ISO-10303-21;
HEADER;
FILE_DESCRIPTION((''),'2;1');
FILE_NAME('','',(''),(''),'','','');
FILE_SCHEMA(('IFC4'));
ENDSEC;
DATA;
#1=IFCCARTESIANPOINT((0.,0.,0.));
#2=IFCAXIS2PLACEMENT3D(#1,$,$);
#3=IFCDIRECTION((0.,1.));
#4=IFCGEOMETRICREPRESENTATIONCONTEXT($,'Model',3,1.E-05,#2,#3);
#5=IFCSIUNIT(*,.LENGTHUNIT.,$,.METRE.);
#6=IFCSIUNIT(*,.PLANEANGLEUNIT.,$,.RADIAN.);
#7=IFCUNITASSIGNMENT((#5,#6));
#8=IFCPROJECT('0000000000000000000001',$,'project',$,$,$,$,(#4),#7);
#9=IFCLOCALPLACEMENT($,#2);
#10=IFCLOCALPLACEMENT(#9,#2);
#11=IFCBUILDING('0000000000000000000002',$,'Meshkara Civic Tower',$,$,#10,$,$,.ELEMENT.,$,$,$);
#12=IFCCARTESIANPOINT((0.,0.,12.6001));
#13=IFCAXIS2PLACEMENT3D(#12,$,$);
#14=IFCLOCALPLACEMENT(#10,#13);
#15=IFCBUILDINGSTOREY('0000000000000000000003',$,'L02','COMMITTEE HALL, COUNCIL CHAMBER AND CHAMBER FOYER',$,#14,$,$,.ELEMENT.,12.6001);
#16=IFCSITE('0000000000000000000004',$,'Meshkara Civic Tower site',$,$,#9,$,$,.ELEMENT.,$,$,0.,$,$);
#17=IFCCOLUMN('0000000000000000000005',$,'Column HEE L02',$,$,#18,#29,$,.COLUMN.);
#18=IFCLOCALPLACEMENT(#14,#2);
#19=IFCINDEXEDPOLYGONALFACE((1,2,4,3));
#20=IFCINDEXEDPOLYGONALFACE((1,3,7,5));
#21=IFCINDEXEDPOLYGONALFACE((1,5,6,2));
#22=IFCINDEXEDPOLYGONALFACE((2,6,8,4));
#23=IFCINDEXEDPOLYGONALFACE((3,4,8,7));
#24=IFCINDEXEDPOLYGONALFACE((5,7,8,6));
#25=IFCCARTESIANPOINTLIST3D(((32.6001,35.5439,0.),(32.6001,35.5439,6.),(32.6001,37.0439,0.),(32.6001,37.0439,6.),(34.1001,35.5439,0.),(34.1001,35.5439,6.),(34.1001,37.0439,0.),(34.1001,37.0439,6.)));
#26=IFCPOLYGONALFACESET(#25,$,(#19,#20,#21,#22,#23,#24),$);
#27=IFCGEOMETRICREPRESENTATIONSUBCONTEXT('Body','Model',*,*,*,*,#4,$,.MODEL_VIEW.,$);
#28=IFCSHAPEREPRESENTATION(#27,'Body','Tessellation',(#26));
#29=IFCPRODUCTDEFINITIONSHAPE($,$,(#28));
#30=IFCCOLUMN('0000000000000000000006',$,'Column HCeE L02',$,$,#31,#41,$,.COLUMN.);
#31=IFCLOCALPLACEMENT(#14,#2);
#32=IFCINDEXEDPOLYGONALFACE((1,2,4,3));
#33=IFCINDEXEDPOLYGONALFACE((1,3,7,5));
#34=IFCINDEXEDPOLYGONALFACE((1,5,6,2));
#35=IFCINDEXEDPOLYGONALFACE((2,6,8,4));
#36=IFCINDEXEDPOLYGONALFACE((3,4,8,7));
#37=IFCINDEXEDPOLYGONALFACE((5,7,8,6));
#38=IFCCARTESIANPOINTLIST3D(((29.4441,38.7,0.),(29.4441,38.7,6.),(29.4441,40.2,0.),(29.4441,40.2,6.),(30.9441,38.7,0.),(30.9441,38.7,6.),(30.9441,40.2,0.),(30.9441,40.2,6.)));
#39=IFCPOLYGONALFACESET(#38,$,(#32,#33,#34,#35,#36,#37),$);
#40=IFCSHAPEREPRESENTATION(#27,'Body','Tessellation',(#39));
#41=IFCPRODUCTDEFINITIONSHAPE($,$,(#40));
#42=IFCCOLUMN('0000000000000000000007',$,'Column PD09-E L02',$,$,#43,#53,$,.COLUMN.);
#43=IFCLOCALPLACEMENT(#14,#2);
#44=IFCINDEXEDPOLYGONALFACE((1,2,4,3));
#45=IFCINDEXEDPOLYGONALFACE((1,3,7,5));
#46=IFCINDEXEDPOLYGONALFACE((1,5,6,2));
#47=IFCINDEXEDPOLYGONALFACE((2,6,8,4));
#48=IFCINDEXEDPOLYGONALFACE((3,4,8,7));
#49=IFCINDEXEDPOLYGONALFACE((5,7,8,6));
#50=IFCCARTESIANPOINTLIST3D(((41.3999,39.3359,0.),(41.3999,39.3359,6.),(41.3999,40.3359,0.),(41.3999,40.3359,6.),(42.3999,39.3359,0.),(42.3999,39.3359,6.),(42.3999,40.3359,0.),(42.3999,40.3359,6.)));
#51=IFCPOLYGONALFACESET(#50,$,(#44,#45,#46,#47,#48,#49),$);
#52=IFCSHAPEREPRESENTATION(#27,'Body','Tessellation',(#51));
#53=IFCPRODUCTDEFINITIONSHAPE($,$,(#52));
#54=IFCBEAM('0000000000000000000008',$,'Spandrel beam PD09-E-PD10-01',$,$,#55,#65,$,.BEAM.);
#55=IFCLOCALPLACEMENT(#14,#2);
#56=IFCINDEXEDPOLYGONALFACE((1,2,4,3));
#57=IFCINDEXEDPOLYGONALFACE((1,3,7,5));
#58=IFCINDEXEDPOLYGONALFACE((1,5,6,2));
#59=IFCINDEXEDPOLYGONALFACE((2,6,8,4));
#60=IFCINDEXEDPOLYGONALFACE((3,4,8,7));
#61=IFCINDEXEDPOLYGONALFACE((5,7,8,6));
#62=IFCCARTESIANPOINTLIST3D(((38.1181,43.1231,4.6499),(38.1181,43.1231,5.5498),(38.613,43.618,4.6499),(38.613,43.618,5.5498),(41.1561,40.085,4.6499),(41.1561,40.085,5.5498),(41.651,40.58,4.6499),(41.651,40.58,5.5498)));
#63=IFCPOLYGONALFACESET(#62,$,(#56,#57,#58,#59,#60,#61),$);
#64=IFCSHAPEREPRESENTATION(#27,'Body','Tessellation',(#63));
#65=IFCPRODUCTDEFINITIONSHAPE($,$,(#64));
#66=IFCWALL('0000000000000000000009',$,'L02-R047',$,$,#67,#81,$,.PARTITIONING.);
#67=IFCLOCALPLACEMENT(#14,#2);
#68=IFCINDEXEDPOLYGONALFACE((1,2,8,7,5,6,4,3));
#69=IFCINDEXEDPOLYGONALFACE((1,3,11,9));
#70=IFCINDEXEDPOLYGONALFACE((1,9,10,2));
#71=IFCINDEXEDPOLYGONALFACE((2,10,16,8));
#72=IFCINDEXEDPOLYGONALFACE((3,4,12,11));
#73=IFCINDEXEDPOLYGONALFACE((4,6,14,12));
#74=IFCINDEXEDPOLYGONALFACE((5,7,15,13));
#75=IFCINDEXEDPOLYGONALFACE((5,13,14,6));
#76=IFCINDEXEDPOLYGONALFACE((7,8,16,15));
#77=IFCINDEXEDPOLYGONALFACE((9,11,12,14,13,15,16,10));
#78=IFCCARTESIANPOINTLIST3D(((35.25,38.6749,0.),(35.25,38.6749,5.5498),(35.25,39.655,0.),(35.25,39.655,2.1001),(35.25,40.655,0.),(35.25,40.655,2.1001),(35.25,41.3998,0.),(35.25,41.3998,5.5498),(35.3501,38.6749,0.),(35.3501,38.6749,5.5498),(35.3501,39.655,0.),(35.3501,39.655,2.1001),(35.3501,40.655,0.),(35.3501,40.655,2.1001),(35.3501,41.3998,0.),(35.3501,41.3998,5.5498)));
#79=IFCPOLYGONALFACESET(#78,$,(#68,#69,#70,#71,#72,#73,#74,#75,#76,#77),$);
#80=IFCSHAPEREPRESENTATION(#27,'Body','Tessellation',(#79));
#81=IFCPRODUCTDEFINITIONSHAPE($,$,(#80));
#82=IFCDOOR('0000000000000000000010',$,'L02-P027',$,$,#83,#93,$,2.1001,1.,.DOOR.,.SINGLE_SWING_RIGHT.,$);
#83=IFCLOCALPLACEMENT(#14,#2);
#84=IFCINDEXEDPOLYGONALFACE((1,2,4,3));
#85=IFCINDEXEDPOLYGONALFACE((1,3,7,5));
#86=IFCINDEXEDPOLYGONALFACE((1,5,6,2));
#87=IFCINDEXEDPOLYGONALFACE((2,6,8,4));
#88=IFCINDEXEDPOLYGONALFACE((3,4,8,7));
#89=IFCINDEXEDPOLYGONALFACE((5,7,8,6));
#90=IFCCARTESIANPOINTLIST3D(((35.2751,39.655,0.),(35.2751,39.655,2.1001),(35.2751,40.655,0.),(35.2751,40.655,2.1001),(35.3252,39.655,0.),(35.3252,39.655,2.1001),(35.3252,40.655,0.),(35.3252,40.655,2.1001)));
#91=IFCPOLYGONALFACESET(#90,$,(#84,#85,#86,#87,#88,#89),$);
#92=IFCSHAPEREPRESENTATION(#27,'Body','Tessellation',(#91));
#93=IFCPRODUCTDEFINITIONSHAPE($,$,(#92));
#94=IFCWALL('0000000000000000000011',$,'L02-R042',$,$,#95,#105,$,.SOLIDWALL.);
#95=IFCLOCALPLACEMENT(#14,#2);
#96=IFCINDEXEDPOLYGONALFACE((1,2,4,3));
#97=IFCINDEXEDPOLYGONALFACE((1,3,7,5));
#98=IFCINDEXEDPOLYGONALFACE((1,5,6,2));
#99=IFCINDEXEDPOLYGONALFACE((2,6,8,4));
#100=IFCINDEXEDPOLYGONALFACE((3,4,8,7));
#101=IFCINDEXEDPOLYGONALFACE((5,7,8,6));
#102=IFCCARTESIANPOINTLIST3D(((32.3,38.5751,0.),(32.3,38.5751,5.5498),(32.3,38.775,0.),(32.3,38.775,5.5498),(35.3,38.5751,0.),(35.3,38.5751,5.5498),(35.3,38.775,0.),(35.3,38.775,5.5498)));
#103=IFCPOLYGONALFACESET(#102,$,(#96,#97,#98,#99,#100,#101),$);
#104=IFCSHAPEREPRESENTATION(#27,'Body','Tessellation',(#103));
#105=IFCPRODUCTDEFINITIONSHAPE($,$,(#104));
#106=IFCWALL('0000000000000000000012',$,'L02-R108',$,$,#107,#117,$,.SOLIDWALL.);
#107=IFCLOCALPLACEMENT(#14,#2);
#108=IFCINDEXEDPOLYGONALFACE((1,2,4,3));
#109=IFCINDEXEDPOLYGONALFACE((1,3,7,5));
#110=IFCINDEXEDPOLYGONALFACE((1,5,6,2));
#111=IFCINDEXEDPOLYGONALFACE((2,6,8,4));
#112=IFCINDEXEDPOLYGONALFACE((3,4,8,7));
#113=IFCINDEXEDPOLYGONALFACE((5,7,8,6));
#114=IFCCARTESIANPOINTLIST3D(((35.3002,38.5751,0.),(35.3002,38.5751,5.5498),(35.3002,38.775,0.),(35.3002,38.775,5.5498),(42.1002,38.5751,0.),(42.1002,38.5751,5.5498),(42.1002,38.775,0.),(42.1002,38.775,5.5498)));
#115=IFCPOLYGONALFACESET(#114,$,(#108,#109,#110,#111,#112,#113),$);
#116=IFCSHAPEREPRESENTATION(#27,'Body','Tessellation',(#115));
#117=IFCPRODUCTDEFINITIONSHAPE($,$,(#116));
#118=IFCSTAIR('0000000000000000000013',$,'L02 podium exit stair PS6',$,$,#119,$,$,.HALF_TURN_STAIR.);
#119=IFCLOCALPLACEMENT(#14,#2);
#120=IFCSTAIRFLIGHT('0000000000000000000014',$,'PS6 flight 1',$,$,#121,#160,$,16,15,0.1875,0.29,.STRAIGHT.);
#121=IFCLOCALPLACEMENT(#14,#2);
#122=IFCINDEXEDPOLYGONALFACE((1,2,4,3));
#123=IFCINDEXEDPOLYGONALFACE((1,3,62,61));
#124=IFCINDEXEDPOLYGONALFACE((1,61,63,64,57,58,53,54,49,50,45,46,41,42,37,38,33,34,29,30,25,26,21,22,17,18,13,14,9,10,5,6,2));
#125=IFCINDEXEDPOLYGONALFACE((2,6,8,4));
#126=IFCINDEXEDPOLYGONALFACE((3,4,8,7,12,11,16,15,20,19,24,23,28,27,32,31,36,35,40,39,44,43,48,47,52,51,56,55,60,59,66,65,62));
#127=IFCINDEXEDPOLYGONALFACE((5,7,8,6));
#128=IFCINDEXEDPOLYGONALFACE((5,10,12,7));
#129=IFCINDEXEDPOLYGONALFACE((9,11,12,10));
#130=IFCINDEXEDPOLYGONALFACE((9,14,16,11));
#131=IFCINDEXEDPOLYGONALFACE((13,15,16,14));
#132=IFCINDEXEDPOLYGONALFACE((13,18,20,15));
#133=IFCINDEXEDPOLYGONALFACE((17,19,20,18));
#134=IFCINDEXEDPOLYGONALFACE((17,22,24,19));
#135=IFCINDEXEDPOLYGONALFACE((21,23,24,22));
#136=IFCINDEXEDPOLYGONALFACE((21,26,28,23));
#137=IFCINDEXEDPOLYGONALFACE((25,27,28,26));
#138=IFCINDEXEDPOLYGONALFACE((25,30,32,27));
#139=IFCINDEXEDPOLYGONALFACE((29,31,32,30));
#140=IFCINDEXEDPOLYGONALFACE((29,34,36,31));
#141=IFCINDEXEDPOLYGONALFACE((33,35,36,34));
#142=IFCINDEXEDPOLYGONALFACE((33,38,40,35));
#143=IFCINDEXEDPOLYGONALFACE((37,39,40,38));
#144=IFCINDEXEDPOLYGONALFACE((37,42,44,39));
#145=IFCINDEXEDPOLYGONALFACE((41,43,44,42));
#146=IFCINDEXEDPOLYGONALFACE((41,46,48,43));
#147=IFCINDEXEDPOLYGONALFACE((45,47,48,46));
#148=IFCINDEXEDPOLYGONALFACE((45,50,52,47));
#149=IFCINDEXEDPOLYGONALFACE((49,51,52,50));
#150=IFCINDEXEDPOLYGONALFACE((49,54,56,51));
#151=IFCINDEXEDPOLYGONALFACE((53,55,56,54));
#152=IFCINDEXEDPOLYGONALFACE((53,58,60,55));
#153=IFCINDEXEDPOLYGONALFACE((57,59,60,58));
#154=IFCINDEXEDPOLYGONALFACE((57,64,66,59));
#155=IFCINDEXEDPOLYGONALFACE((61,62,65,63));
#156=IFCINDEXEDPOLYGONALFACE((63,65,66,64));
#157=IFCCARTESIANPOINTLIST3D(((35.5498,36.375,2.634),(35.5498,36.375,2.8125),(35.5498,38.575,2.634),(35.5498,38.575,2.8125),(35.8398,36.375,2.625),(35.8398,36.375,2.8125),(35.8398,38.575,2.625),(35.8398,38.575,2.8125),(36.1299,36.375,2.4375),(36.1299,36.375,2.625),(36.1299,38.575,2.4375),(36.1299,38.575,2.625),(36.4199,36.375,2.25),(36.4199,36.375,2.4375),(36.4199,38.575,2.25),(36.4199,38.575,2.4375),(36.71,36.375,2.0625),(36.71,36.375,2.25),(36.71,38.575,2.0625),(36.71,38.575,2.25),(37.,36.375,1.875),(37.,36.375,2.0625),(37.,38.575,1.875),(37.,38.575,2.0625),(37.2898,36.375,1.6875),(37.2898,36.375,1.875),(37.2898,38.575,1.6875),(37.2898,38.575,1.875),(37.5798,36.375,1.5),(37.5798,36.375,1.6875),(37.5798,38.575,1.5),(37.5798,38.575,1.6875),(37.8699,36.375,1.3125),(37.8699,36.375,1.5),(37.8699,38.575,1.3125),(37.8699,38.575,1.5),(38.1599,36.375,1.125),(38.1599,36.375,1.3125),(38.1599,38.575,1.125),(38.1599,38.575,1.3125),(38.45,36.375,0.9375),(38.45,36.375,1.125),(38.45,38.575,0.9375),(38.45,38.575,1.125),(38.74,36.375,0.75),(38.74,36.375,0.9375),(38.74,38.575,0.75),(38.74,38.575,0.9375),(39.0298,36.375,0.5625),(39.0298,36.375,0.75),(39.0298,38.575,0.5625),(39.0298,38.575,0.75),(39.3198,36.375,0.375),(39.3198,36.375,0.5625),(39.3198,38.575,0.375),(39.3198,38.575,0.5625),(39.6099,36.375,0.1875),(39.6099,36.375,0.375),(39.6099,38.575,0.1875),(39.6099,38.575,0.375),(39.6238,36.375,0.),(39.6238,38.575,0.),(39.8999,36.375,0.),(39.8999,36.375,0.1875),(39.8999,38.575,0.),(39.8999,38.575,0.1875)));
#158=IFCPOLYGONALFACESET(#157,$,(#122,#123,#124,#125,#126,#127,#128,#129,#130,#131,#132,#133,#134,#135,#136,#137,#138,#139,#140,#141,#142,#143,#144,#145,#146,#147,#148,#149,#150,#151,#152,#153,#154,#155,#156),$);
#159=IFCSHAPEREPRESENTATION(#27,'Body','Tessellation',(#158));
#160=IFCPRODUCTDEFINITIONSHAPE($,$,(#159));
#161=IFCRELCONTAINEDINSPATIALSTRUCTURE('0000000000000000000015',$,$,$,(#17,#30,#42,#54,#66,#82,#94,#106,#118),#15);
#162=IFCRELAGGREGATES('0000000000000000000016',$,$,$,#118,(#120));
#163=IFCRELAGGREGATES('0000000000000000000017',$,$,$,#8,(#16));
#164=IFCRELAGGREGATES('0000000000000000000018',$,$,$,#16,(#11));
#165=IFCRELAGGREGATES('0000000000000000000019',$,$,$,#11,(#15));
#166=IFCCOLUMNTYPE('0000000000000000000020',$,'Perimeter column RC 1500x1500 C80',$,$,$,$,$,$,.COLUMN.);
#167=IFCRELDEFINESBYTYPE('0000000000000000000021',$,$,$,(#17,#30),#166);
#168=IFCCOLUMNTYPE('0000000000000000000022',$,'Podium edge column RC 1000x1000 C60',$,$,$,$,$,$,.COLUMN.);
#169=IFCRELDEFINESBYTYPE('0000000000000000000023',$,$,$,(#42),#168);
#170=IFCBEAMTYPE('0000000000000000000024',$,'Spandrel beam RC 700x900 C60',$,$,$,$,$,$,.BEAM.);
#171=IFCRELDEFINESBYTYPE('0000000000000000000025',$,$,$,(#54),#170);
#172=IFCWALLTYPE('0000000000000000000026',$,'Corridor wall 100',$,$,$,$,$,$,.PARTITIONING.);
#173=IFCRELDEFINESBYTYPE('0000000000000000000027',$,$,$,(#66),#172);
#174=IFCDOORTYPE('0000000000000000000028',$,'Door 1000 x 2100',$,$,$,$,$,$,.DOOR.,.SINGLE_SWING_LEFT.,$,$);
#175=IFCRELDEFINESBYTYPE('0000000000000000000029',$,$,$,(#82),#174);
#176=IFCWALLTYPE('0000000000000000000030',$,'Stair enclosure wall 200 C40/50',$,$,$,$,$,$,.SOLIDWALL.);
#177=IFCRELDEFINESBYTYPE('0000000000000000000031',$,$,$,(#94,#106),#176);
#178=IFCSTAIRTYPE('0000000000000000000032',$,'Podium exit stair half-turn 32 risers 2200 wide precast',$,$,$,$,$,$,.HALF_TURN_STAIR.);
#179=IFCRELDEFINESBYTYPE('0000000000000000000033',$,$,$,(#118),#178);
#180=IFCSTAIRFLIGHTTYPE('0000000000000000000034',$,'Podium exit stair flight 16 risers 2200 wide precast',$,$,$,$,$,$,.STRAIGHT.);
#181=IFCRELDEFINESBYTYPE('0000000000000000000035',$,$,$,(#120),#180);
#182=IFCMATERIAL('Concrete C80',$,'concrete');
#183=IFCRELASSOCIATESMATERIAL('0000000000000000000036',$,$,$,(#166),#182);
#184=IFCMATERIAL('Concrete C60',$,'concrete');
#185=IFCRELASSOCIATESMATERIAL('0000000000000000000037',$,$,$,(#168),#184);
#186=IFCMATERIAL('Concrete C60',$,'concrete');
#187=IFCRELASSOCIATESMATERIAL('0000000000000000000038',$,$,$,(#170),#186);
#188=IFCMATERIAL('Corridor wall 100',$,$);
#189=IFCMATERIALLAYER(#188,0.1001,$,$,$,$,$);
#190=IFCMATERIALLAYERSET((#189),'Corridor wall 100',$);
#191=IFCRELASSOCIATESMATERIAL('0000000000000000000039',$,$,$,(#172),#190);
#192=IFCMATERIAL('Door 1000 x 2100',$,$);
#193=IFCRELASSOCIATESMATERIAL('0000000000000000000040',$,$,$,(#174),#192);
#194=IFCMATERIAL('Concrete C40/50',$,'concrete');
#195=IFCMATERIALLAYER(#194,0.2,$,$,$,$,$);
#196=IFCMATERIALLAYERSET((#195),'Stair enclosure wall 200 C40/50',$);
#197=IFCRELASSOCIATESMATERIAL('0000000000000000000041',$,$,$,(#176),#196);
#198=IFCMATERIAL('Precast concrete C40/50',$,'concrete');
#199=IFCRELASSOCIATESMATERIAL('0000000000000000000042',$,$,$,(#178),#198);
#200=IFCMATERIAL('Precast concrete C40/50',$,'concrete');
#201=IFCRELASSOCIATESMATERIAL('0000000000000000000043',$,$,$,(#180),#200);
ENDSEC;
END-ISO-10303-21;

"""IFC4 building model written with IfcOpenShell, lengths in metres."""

from ifc_helpers import new_model, si_unit, direction, frame, frame_2d, origin, origin_2d, place, context, subcontext, project, spatial, polyline, rectangle, outline, extrude, material, layer, layer_set, material_profile, profile_set, type_object, element, fill, aggregate, save


model = new_model("IFC4")

# Units and contexts
model_context = context("Model", 3, precision=1e-05, world=origin(), true_north=direction((0.0, 1.0)))
body_context = subcontext(model_context, "Body", "Model", "MODEL_VIEW")
ifc_project = project(units=[si_unit("LENGTHUNIT", "METRE"), si_unit("PLANEANGLEUNIT", "RADIAN")], contexts=[model_context])

# Site, building, storey
site_placement = place(None, origin())
site = spatial("IfcSite", under=ifc_project, at=site_placement, Name="Meshkara Civic Tower site", CompositionType="ELEMENT", RefElevation=0.0)
building_placement = place(site_placement, origin())
building = spatial("IfcBuilding", under=site, at=building_placement, Name="Meshkara Civic Tower", CompositionType="ELEMENT")
storey_placement = place(building_placement, frame((0.0, 0.0, 12.6001)))
storey = spatial("IfcBuildingStorey", under=building, at=storey_placement, Name="L02", Description="COMMITTEE HALL, COUNCIL CHAMBER AND CHAMBER FOYER", CompositionType="ELEMENT", Elevation=12.6001)

# Columns
ifc_material_1 = material(Name="Concrete C80", Category="concrete")
ifc_material_profile_1 = material_profile(ifc_material_1, rectangle(XDim=1.5, YDim=1.5, at=origin_2d()))
ifc_profile_set_1 = profile_set([ifc_material_profile_1], Name="Concrete C80")
column_type_1 = type_object("IfcColumnType", Name="Perimeter column RC 1500x1500 C80", PredefinedType="COLUMN", material=ifc_profile_set_1)
for number, where, z_axis, x_axis, name in (
    (1, (33.3501, 36.2939, 0.0), (0.0, 0.0, 1.0), (1.0, 0.0, 0.0), "Column HEE L02"),
    (2, (30.1941, 39.45, 0.0), (0.0, 0.0, 1.0), (1.0, 0.0, 0.0), "Column HCeE L02"),
):
    element("IfcColumn", number, at=place(storey_placement, frame(where, z_axis=z_axis, x_axis=x_axis)), inside=storey, type_object=column_type_1, Name=name, PredefinedType="COLUMN", context=body_context, shape_type="SweptSolid", body=[
        extrude(rectangle(XDim=1.5, YDim=1.5, at=origin_2d()), origin(), (0.0, 0.0, 1.0), 6.0),
    ])
ifc_material_2 = material(Name="Concrete C60", Category="concrete")
ifc_material_profile_2 = material_profile(ifc_material_2, rectangle(XDim=1.0, YDim=1.0, at=origin_2d()))
ifc_profile_set_2 = profile_set([ifc_material_profile_2], Name="Concrete C60")
column_type_2 = type_object("IfcColumnType", Name="Podium edge column RC 1000x1000 C60", PredefinedType="COLUMN", material=ifc_profile_set_2)
column_placement = place(storey_placement, frame((41.8999, 39.8359, 0.0), z_axis=(0.0, 0.0, 1.0), x_axis=(1.0, 0.0, 0.0)))
element("IfcColumn", 3, at=column_placement, inside=storey, type_object=column_type_2, Name="Column PD09-E L02", PredefinedType="COLUMN", context=body_context, shape_type="SweptSolid", body=[
    extrude(rectangle(XDim=1.0, YDim=1.0, at=origin_2d()), origin(), (0.0, 0.0, 1.0), 6.0),
])

# Beam
ifc_material_3 = material(Name="Concrete C60", Category="concrete")
ifc_material_profile_3 = material_profile(ifc_material_3, rectangle(XDim=0.7, YDim=0.8999, at=origin_2d()))
ifc_profile_set_3 = profile_set([ifc_material_profile_3], Name="Concrete C60")
beam_type = type_object("IfcBeamType", Name="Spandrel beam RC 700x900 C60", PredefinedType="BEAM", material=ifc_profile_set_3)
beam_placement = place(storey_placement, frame((41.4036, 40.3325, 5.0999), z_axis=(-0.707107, 0.707107, 0.0), x_axis=(-0.707107, -0.707107, 0.0)))
element("IfcBeam", 4, at=beam_placement, inside=storey, type_object=beam_type, Name="Spandrel beam PD09-E-PD10-01", PredefinedType="BEAM", context=body_context, shape_type="SweptSolid", body=[
    extrude(rectangle(XDim=0.7, YDim=0.8999, at=origin_2d()), origin(), (0.0, 0.0, 1.0), 4.2964),
])

# Wall, opening, door
ifc_material_4 = material(Name="Corridor wall 100")
ifc_layer_1 = layer(ifc_material_4, 0.1001)
ifc_layer_set_1 = layer_set([ifc_layer_1], Name="Corridor wall 100")
wall_type_1 = type_object("IfcWallType", Name="Corridor wall 100", PredefinedType="PARTITIONING", material=ifc_layer_set_1)
wall_1_placement = place(storey_placement, frame((35.3, 38.675, 0.0), z_axis=(0.0, 0.0, 1.0), x_axis=(0.0, 1.0, 0.0)))
wall_1 = element("IfcWall", 5, at=wall_1_placement, inside=storey, type_object=wall_type_1, Name="L02-R047", PredefinedType="PARTITIONING", context=body_context, shape_type="SweptSolid", body=[
    extrude(rectangle(XDim=2.7249, YDim=0.1001, at=frame_2d((1.3623, 0.0))), origin(), (0.0, 0.0, 1.0), 5.5498),
])
opening_placement = place(wall_1_placement, frame((0.98, 0.0, 0.0)))
opening = element("IfcOpeningElement", 6, at=opening_placement, cuts=wall_1, PredefinedType="OPENING", context=body_context, shape_type="SweptSolid", body=[
    extrude(rectangle(XDim=1.0, YDim=2.1001, at=frame_2d((0.5, 1.05))), frame((0.0, 0.0601, 0.0), z_axis=(0.0, -1.0, 0.0), x_axis=(1.0, 0.0, 0.0)), (0.0, 0.0, 1.0), 0.1201),
])
ifc_material_5 = material(Name="Door 1000 x 2100")
door_type = type_object("IfcDoorType", Name="Door 1000 x 2100", OperationType="SINGLE_SWING_LEFT", PredefinedType="DOOR", material=ifc_material_5)
door_placement = place(opening_placement, origin())
door = element("IfcDoor", 7, at=door_placement, inside=storey, type_object=door_type, Name="L02-P027", OperationType="SINGLE_SWING_RIGHT", OverallHeight=2.1001, OverallWidth=1.0, PredefinedType="DOOR", context=body_context, shape_type="SweptSolid", body=[
    extrude(rectangle(XDim=1.0, YDim=2.1001, at=frame_2d((0.5, 1.05))), frame((0.0, 0.0249, 0.0), z_axis=(0.0, -1.0, 0.0), x_axis=(1.0, 0.0, 0.0)), (0.0, 0.0, 1.0), 0.05),
])
fill(opening, door)

# Walls
ifc_material_6 = material(Name="Concrete C40/50", Category="concrete")
ifc_layer_2 = layer(ifc_material_6, 0.2)
ifc_layer_set_2 = layer_set([ifc_layer_2], Name="Stair enclosure wall 200 C40/50")
wall_type_2 = type_object("IfcWallType", Name="Stair enclosure wall 200 C40/50", PredefinedType="SOLIDWALL", material=ifc_layer_set_2)
wall_2_placement = place(storey_placement, frame((32.3, 38.675, 0.0), z_axis=(0.0, 0.0, 1.0), x_axis=(1.0, 0.0, 0.0)))
element("IfcWall", 8, at=wall_2_placement, inside=storey, type_object=wall_type_2, Name="L02-R042", PredefinedType="SOLIDWALL", context=body_context, shape_type="SweptSolid", body=[
    extrude(rectangle(XDim=3.0, YDim=0.2, at=frame_2d((1.5, 0.0))), origin(), (0.0, 0.0, 1.0), 5.5498),
])
wall_3_placement = place(storey_placement, frame((42.1001, 38.675, 0.0), z_axis=(0.0, 0.0, 1.0), x_axis=(-1.0, 0.0, 0.0)))
element("IfcWall", 9, at=wall_3_placement, inside=storey, type_object=wall_type_2, Name="L02-R108", PredefinedType="SOLIDWALL", context=body_context, shape_type="SweptSolid", body=[
    extrude(rectangle(XDim=6.8, YDim=0.2, at=frame_2d((3.3999, 0.0))), origin(), (0.0, 0.0, 1.0), 5.5498),
])

# Stair, stair flight
ifc_material_7 = material(Name="Precast concrete C40/50", Category="concrete")
stair_type = type_object("IfcStairType", Name="Podium exit stair half-turn 32 risers 2200 wide precast", PredefinedType="HALF_TURN_STAIR", material=ifc_material_7)
stair_placement = place(storey_placement, origin())
stair = element("IfcStair", 10, at=stair_placement, inside=storey, type_object=stair_type, Name="L02 podium exit stair PS6", PredefinedType="HALF_TURN_STAIR")
ifc_material_8 = material(Name="Precast concrete C40/50", Category="concrete")
stair_flight_type = type_object("IfcStairFlightType", Name="Podium exit stair flight 16 risers 2200 wide precast", PredefinedType="STRAIGHT", material=ifc_material_8)
stair_flight_1_placement = place(storey_placement, frame((39.8999, 37.4751, 0.0), z_axis=(0.0, 0.0, 1.0), x_axis=(-1.0, 0.0, 0.0)))
stair_flight_1 = element("IfcStairFlight", 11, at=stair_flight_1_placement, type_object=stair_flight_type, Name="PS6 flight 1", NumberOfRisers=16, NumberOfTreads=15, PredefinedType="STRAIGHT", RiserHeight=0.1875, TreadLength=0.29, context=body_context, shape_type="SweptSolid", body=[
    extrude(outline(polyline([(0.0, 0.0), (0.0, 0.1875), (0.29, 0.1875), (0.29, 0.375), (0.5801, 0.375), (0.5801, 0.5625), (0.8701, 0.5625), (0.8701, 0.75), (1.1599, 0.75), (1.1599, 0.9375), (1.45, 0.9375), (1.45, 1.125), (1.74, 1.125), (1.74, 1.3125), (2.03, 1.3125), (2.03, 1.5), (2.3201, 1.5), (2.3201, 1.6875), (2.6101, 1.6875), (2.6101, 1.875), (2.8999, 1.875), (2.8999, 2.0625), (3.1899, 2.0625), (3.1899, 2.25), (3.48, 2.25), (3.48, 2.4375), (3.77, 2.4375), (3.77, 2.625), (4.0601, 2.625), (4.0601, 2.8125), (4.3501, 2.8125), (4.3501, 3.0), (4.3501, 2.634), (0.2761, 0.0), (0.0, 0.0)])), frame((0.0, 1.1001, 0.0), z_axis=(0.0, -1.0, 0.0), x_axis=(1.0, 0.0, 0.0)), (0.0, 0.0, 1.0), 2.2),
])
aggregate(stair, [stair_flight_1])

save(model, "model.ifc")
